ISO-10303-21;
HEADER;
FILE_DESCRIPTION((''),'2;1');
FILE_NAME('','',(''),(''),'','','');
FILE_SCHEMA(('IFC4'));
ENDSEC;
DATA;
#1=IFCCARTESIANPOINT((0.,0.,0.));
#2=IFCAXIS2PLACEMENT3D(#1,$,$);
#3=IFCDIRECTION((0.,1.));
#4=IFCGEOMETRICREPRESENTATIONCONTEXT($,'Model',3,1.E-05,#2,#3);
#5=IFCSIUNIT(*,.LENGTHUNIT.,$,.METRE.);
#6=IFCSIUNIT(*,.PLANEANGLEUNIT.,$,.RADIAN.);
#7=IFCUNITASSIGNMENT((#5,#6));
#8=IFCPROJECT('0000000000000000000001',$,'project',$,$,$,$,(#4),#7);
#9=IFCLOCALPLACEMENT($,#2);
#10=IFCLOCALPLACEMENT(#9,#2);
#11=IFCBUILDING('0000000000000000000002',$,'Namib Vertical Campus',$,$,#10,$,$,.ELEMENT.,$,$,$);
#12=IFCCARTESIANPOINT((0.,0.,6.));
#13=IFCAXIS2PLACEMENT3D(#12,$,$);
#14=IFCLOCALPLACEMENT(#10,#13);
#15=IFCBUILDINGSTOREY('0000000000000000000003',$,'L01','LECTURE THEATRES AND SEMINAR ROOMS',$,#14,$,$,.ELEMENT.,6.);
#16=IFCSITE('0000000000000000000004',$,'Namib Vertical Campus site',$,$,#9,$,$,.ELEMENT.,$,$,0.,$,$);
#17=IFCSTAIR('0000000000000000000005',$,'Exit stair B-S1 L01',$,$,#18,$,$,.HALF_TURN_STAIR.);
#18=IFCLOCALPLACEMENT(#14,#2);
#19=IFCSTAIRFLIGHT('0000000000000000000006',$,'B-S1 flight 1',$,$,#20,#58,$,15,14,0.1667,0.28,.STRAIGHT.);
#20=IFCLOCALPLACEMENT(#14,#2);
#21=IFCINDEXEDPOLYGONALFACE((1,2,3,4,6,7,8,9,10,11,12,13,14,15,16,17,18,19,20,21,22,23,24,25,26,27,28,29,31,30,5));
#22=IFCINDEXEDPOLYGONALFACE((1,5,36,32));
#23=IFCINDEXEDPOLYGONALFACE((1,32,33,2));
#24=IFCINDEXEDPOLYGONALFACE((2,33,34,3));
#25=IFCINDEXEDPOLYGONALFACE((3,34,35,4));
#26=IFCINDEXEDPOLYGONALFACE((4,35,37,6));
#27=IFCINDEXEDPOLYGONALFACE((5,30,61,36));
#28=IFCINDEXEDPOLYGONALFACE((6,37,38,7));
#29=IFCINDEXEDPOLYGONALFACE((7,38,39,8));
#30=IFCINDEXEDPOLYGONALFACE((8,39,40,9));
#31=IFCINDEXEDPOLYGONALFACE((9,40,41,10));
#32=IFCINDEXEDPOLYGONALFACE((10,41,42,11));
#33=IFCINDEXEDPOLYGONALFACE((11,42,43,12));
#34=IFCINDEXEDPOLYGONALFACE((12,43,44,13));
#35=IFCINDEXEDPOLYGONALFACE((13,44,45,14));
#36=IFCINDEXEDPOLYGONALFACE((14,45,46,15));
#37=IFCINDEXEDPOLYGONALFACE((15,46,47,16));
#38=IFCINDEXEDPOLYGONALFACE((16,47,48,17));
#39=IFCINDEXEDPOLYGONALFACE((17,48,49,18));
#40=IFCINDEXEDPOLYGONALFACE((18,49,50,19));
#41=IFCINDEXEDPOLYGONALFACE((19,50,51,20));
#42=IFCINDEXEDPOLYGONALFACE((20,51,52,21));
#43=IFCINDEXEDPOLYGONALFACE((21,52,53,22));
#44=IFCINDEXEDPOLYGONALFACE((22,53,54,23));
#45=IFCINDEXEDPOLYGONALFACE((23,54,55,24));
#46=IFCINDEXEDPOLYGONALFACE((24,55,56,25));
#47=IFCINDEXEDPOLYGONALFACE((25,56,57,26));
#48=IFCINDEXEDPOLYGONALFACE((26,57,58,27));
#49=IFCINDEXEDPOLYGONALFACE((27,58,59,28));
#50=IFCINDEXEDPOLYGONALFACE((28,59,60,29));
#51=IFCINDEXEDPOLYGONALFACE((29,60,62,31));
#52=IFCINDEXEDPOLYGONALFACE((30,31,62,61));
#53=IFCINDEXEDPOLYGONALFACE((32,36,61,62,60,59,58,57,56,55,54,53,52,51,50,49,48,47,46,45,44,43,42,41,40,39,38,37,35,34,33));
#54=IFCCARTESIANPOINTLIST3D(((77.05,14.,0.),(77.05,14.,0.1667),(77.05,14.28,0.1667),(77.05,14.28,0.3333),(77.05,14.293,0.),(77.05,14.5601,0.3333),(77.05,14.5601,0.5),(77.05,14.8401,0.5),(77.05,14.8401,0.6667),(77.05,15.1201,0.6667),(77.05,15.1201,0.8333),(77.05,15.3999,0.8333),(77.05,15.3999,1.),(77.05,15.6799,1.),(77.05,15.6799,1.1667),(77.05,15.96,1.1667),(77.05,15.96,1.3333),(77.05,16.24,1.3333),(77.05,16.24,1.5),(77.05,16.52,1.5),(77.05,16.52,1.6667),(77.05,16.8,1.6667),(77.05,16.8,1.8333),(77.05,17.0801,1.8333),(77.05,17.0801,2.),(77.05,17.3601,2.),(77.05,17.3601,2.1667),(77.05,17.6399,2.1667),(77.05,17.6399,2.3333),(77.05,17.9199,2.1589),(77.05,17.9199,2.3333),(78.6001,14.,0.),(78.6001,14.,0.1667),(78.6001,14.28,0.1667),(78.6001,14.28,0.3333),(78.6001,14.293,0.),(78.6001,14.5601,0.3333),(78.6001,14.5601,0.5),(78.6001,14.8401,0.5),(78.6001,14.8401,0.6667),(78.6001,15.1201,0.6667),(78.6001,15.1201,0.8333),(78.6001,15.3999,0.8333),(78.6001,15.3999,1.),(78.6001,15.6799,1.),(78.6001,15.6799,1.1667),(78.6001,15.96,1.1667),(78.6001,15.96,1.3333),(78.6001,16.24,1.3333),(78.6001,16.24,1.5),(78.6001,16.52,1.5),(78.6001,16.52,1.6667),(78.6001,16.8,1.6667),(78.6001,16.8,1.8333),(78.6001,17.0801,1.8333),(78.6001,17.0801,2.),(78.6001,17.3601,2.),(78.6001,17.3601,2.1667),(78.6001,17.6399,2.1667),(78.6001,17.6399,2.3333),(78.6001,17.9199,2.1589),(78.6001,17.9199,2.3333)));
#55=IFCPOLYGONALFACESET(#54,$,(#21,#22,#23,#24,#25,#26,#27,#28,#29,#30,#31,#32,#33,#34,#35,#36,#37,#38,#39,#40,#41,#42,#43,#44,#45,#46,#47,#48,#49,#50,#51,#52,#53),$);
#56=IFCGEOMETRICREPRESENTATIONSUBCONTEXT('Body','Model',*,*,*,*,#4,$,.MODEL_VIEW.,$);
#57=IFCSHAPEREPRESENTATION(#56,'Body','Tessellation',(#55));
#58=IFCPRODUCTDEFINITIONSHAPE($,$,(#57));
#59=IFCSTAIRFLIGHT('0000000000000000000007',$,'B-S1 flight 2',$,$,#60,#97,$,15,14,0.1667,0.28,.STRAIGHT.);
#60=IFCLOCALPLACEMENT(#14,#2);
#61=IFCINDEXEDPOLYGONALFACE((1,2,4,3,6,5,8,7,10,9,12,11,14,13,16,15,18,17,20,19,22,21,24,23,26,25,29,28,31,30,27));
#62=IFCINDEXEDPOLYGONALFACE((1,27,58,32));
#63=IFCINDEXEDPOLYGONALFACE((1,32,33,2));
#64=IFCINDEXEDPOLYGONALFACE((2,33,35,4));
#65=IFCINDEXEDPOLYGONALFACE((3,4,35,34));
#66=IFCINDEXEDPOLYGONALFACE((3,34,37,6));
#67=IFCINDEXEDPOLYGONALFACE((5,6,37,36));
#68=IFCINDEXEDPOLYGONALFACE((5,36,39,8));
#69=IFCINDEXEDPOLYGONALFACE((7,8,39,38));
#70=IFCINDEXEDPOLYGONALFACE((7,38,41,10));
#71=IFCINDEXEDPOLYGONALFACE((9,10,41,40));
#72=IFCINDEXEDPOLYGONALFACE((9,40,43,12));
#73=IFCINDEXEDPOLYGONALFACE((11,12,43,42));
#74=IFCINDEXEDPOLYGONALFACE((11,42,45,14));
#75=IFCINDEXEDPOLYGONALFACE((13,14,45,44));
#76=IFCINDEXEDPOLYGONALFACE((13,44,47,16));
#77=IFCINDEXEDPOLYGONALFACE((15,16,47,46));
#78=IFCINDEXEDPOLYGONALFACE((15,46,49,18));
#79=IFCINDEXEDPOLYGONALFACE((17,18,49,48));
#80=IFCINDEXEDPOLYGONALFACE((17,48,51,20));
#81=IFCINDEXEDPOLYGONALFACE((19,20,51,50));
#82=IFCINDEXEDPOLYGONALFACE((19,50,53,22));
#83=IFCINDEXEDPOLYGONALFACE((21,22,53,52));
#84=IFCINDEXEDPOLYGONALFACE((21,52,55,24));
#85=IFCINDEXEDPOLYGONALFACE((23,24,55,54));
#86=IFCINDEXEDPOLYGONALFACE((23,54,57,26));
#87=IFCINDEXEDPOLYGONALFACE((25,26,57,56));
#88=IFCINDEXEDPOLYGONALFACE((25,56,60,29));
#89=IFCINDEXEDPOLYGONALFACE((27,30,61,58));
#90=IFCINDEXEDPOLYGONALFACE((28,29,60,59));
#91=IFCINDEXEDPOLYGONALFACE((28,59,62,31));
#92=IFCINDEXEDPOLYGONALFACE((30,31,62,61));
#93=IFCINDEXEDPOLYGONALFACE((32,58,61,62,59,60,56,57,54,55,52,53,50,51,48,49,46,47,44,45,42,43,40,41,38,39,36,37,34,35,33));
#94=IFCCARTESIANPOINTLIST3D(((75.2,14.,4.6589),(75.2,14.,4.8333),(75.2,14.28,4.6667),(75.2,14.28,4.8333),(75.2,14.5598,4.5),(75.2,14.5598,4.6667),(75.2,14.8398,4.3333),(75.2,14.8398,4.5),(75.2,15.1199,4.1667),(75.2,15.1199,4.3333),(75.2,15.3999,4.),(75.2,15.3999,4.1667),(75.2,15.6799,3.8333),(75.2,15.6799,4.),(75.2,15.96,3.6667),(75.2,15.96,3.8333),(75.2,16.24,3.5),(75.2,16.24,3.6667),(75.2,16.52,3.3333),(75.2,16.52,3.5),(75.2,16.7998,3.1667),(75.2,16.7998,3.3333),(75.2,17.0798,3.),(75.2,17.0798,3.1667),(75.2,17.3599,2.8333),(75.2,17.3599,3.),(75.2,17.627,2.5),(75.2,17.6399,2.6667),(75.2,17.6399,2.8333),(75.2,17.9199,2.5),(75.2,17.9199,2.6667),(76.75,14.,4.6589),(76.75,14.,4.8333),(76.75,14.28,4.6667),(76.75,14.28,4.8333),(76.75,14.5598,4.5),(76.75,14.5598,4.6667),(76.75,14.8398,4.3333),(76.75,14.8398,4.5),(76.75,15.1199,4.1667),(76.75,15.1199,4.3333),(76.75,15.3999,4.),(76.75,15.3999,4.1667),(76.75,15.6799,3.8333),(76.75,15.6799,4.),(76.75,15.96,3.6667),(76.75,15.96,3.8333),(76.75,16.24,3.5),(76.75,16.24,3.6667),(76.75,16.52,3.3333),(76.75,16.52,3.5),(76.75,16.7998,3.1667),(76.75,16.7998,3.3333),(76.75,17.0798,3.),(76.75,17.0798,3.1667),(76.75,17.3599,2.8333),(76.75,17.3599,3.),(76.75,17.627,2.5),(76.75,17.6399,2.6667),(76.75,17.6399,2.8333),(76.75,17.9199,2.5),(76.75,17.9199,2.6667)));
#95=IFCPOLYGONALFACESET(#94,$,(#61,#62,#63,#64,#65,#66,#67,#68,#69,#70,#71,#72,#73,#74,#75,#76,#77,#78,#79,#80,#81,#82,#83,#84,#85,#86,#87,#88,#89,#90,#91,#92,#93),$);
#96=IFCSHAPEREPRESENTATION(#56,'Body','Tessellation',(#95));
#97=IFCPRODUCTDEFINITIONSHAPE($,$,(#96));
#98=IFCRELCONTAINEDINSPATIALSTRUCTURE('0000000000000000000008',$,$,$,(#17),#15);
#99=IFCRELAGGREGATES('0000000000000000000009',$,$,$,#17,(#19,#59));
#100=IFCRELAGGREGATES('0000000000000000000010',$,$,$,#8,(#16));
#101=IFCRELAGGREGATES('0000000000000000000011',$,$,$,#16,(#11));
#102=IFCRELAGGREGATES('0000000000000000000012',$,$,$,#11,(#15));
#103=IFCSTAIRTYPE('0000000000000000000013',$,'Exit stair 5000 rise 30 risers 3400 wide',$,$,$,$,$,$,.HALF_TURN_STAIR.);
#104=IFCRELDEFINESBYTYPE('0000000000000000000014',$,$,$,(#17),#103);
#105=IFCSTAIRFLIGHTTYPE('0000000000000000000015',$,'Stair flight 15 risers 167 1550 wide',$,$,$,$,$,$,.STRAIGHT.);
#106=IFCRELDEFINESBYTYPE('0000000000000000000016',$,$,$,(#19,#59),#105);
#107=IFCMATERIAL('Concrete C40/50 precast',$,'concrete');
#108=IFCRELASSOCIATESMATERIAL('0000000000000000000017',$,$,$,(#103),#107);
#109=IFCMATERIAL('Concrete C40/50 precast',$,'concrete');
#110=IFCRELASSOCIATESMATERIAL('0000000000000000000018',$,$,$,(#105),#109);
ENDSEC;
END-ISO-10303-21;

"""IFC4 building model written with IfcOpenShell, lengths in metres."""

from ifc_helpers import new_model, si_unit, direction, frame, origin, place, context, subcontext, project, spatial, polyline, outline, extrude, material, type_object, element, aggregate, save


model = new_model("IFC4")

# Units and contexts
model_context = context("Model", 3, precision=1e-05, world=origin(), true_north=direction((0.0, 1.0)))
body_context = subcontext(model_context, "Body", "Model", "MODEL_VIEW")
ifc_project = project(units=[si_unit("LENGTHUNIT", "METRE"), si_unit("PLANEANGLEUNIT", "RADIAN")], contexts=[model_context])

# Site, building, storey
site_placement = place(None, origin())
site = spatial("IfcSite", under=ifc_project, at=site_placement, Name="Namib Vertical Campus site", CompositionType="ELEMENT", RefElevation=0.0)
building_placement = place(site_placement, origin())
building = spatial("IfcBuilding", under=site, at=building_placement, Name="Namib Vertical Campus", CompositionType="ELEMENT")
storey_placement = place(building_placement, frame((0.0, 0.0, 6.0)))
storey = spatial("IfcBuildingStorey", under=building, at=storey_placement, Name="L01", Description="LECTURE THEATRES AND SEMINAR ROOMS", CompositionType="ELEMENT", Elevation=6.0)

# Stair, stair flights
ifc_material_1 = material(Name="Concrete C40/50 precast", Category="concrete")
stair_type = type_object("IfcStairType", Name="Exit stair 5000 rise 30 risers 3400 wide", PredefinedType="HALF_TURN_STAIR", material=ifc_material_1)
stair_placement = place(storey_placement, origin())
stair = element("IfcStair", 1, at=stair_placement, inside=storey, type_object=stair_type, Name="Exit stair B-S1 L01", PredefinedType="HALF_TURN_STAIR")
ifc_material_2 = material(Name="Concrete C40/50 precast", Category="concrete")
stair_flight_type = type_object("IfcStairFlightType", Name="Stair flight 15 risers 167 1550 wide", PredefinedType="STRAIGHT", material=ifc_material_2)
stair_flight_1_placement = place(storey_placement, frame((77.825, 14.0, 0.0), z_axis=(0.0, 0.0, 1.0), x_axis=(0.0, 1.0, 0.0)))
stair_flight_1 = element("IfcStairFlight", 2, at=stair_flight_1_placement, type_object=stair_flight_type, Name="B-S1 flight 1", NumberOfRisers=15, NumberOfTreads=14, PredefinedType="STRAIGHT", RiserHeight=0.1667, TreadLength=0.28, context=body_context, shape_type="SweptSolid", body=[
    extrude(outline(polyline([(0.0, 0.0), (0.0, 0.1667), (0.28, 0.1667), (0.28, 0.3333), (0.5601, 0.3333), (0.5601, 0.5), (0.8401, 0.5), (0.8401, 0.6667), (1.1201, 0.6667), (1.1201, 0.8333), (1.3999, 0.8333), (1.3999, 1.0), (1.6799, 1.0), (1.6799, 1.1667), (1.96, 1.1667), (1.96, 1.3333), (2.24, 1.3333), (2.24, 1.5), (2.52, 1.5), (2.52, 1.6667), (2.8, 1.6667), (2.8, 1.8333), (3.0801, 1.8333), (3.0801, 2.0), (3.3601, 2.0), (3.3601, 2.1667), (3.6399, 2.1667), (3.6399, 2.3333), (3.9199, 2.3333), (3.9199, 2.5), (3.9199, 2.1589), (0.293, 0.0), (0.0, 0.0)])), frame((0.0, 0.7749, 0.0), z_axis=(0.0, -1.0, 0.0), x_axis=(1.0, 0.0, 0.0)), (0.0, 0.0, 1.0), 1.55),
])
stair_flight_2_placement = place(storey_placement, frame((75.9751, 17.9199, 2.5), z_axis=(0.0, 0.0, 1.0), x_axis=(0.0, -1.0, 0.0)))
stair_flight_2 = element("IfcStairFlight", 3, at=stair_flight_2_placement, type_object=stair_flight_type, Name="B-S1 flight 2", NumberOfRisers=15, NumberOfTreads=14, PredefinedType="STRAIGHT", RiserHeight=0.1667, TreadLength=0.28, context=body_context, shape_type="SweptSolid", body=[
    extrude(outline(polyline([(0.0, 0.0), (0.0, 0.1667), (0.28, 0.1667), (0.28, 0.3333), (0.5601, 0.3333), (0.5601, 0.5), (0.8401, 0.5), (0.8401, 0.6667), (1.1201, 0.6667), (1.1201, 0.8333), (1.3999, 0.8333), (1.3999, 1.0), (1.6799, 1.0), (1.6799, 1.1667), (1.96, 1.1667), (1.96, 1.3333), (2.24, 1.3333), (2.24, 1.5), (2.52, 1.5), (2.52, 1.6667), (2.8, 1.6667), (2.8, 1.8333), (3.0801, 1.8333), (3.0801, 2.0), (3.3601, 2.0), (3.3601, 2.1667), (3.6399, 2.1667), (3.6399, 2.3333), (3.9199, 2.3333), (3.9199, 2.5), (3.9199, 2.1589), (0.293, 0.0), (0.0, 0.0)])), frame((0.0, 0.7749, 0.0), z_axis=(0.0, -1.0, 0.0), x_axis=(1.0, 0.0, 0.0)), (0.0, 0.0, 1.0), 1.55),
])
aggregate(stair, [stair_flight_1, stair_flight_2])

save(model, "model.ifc")
